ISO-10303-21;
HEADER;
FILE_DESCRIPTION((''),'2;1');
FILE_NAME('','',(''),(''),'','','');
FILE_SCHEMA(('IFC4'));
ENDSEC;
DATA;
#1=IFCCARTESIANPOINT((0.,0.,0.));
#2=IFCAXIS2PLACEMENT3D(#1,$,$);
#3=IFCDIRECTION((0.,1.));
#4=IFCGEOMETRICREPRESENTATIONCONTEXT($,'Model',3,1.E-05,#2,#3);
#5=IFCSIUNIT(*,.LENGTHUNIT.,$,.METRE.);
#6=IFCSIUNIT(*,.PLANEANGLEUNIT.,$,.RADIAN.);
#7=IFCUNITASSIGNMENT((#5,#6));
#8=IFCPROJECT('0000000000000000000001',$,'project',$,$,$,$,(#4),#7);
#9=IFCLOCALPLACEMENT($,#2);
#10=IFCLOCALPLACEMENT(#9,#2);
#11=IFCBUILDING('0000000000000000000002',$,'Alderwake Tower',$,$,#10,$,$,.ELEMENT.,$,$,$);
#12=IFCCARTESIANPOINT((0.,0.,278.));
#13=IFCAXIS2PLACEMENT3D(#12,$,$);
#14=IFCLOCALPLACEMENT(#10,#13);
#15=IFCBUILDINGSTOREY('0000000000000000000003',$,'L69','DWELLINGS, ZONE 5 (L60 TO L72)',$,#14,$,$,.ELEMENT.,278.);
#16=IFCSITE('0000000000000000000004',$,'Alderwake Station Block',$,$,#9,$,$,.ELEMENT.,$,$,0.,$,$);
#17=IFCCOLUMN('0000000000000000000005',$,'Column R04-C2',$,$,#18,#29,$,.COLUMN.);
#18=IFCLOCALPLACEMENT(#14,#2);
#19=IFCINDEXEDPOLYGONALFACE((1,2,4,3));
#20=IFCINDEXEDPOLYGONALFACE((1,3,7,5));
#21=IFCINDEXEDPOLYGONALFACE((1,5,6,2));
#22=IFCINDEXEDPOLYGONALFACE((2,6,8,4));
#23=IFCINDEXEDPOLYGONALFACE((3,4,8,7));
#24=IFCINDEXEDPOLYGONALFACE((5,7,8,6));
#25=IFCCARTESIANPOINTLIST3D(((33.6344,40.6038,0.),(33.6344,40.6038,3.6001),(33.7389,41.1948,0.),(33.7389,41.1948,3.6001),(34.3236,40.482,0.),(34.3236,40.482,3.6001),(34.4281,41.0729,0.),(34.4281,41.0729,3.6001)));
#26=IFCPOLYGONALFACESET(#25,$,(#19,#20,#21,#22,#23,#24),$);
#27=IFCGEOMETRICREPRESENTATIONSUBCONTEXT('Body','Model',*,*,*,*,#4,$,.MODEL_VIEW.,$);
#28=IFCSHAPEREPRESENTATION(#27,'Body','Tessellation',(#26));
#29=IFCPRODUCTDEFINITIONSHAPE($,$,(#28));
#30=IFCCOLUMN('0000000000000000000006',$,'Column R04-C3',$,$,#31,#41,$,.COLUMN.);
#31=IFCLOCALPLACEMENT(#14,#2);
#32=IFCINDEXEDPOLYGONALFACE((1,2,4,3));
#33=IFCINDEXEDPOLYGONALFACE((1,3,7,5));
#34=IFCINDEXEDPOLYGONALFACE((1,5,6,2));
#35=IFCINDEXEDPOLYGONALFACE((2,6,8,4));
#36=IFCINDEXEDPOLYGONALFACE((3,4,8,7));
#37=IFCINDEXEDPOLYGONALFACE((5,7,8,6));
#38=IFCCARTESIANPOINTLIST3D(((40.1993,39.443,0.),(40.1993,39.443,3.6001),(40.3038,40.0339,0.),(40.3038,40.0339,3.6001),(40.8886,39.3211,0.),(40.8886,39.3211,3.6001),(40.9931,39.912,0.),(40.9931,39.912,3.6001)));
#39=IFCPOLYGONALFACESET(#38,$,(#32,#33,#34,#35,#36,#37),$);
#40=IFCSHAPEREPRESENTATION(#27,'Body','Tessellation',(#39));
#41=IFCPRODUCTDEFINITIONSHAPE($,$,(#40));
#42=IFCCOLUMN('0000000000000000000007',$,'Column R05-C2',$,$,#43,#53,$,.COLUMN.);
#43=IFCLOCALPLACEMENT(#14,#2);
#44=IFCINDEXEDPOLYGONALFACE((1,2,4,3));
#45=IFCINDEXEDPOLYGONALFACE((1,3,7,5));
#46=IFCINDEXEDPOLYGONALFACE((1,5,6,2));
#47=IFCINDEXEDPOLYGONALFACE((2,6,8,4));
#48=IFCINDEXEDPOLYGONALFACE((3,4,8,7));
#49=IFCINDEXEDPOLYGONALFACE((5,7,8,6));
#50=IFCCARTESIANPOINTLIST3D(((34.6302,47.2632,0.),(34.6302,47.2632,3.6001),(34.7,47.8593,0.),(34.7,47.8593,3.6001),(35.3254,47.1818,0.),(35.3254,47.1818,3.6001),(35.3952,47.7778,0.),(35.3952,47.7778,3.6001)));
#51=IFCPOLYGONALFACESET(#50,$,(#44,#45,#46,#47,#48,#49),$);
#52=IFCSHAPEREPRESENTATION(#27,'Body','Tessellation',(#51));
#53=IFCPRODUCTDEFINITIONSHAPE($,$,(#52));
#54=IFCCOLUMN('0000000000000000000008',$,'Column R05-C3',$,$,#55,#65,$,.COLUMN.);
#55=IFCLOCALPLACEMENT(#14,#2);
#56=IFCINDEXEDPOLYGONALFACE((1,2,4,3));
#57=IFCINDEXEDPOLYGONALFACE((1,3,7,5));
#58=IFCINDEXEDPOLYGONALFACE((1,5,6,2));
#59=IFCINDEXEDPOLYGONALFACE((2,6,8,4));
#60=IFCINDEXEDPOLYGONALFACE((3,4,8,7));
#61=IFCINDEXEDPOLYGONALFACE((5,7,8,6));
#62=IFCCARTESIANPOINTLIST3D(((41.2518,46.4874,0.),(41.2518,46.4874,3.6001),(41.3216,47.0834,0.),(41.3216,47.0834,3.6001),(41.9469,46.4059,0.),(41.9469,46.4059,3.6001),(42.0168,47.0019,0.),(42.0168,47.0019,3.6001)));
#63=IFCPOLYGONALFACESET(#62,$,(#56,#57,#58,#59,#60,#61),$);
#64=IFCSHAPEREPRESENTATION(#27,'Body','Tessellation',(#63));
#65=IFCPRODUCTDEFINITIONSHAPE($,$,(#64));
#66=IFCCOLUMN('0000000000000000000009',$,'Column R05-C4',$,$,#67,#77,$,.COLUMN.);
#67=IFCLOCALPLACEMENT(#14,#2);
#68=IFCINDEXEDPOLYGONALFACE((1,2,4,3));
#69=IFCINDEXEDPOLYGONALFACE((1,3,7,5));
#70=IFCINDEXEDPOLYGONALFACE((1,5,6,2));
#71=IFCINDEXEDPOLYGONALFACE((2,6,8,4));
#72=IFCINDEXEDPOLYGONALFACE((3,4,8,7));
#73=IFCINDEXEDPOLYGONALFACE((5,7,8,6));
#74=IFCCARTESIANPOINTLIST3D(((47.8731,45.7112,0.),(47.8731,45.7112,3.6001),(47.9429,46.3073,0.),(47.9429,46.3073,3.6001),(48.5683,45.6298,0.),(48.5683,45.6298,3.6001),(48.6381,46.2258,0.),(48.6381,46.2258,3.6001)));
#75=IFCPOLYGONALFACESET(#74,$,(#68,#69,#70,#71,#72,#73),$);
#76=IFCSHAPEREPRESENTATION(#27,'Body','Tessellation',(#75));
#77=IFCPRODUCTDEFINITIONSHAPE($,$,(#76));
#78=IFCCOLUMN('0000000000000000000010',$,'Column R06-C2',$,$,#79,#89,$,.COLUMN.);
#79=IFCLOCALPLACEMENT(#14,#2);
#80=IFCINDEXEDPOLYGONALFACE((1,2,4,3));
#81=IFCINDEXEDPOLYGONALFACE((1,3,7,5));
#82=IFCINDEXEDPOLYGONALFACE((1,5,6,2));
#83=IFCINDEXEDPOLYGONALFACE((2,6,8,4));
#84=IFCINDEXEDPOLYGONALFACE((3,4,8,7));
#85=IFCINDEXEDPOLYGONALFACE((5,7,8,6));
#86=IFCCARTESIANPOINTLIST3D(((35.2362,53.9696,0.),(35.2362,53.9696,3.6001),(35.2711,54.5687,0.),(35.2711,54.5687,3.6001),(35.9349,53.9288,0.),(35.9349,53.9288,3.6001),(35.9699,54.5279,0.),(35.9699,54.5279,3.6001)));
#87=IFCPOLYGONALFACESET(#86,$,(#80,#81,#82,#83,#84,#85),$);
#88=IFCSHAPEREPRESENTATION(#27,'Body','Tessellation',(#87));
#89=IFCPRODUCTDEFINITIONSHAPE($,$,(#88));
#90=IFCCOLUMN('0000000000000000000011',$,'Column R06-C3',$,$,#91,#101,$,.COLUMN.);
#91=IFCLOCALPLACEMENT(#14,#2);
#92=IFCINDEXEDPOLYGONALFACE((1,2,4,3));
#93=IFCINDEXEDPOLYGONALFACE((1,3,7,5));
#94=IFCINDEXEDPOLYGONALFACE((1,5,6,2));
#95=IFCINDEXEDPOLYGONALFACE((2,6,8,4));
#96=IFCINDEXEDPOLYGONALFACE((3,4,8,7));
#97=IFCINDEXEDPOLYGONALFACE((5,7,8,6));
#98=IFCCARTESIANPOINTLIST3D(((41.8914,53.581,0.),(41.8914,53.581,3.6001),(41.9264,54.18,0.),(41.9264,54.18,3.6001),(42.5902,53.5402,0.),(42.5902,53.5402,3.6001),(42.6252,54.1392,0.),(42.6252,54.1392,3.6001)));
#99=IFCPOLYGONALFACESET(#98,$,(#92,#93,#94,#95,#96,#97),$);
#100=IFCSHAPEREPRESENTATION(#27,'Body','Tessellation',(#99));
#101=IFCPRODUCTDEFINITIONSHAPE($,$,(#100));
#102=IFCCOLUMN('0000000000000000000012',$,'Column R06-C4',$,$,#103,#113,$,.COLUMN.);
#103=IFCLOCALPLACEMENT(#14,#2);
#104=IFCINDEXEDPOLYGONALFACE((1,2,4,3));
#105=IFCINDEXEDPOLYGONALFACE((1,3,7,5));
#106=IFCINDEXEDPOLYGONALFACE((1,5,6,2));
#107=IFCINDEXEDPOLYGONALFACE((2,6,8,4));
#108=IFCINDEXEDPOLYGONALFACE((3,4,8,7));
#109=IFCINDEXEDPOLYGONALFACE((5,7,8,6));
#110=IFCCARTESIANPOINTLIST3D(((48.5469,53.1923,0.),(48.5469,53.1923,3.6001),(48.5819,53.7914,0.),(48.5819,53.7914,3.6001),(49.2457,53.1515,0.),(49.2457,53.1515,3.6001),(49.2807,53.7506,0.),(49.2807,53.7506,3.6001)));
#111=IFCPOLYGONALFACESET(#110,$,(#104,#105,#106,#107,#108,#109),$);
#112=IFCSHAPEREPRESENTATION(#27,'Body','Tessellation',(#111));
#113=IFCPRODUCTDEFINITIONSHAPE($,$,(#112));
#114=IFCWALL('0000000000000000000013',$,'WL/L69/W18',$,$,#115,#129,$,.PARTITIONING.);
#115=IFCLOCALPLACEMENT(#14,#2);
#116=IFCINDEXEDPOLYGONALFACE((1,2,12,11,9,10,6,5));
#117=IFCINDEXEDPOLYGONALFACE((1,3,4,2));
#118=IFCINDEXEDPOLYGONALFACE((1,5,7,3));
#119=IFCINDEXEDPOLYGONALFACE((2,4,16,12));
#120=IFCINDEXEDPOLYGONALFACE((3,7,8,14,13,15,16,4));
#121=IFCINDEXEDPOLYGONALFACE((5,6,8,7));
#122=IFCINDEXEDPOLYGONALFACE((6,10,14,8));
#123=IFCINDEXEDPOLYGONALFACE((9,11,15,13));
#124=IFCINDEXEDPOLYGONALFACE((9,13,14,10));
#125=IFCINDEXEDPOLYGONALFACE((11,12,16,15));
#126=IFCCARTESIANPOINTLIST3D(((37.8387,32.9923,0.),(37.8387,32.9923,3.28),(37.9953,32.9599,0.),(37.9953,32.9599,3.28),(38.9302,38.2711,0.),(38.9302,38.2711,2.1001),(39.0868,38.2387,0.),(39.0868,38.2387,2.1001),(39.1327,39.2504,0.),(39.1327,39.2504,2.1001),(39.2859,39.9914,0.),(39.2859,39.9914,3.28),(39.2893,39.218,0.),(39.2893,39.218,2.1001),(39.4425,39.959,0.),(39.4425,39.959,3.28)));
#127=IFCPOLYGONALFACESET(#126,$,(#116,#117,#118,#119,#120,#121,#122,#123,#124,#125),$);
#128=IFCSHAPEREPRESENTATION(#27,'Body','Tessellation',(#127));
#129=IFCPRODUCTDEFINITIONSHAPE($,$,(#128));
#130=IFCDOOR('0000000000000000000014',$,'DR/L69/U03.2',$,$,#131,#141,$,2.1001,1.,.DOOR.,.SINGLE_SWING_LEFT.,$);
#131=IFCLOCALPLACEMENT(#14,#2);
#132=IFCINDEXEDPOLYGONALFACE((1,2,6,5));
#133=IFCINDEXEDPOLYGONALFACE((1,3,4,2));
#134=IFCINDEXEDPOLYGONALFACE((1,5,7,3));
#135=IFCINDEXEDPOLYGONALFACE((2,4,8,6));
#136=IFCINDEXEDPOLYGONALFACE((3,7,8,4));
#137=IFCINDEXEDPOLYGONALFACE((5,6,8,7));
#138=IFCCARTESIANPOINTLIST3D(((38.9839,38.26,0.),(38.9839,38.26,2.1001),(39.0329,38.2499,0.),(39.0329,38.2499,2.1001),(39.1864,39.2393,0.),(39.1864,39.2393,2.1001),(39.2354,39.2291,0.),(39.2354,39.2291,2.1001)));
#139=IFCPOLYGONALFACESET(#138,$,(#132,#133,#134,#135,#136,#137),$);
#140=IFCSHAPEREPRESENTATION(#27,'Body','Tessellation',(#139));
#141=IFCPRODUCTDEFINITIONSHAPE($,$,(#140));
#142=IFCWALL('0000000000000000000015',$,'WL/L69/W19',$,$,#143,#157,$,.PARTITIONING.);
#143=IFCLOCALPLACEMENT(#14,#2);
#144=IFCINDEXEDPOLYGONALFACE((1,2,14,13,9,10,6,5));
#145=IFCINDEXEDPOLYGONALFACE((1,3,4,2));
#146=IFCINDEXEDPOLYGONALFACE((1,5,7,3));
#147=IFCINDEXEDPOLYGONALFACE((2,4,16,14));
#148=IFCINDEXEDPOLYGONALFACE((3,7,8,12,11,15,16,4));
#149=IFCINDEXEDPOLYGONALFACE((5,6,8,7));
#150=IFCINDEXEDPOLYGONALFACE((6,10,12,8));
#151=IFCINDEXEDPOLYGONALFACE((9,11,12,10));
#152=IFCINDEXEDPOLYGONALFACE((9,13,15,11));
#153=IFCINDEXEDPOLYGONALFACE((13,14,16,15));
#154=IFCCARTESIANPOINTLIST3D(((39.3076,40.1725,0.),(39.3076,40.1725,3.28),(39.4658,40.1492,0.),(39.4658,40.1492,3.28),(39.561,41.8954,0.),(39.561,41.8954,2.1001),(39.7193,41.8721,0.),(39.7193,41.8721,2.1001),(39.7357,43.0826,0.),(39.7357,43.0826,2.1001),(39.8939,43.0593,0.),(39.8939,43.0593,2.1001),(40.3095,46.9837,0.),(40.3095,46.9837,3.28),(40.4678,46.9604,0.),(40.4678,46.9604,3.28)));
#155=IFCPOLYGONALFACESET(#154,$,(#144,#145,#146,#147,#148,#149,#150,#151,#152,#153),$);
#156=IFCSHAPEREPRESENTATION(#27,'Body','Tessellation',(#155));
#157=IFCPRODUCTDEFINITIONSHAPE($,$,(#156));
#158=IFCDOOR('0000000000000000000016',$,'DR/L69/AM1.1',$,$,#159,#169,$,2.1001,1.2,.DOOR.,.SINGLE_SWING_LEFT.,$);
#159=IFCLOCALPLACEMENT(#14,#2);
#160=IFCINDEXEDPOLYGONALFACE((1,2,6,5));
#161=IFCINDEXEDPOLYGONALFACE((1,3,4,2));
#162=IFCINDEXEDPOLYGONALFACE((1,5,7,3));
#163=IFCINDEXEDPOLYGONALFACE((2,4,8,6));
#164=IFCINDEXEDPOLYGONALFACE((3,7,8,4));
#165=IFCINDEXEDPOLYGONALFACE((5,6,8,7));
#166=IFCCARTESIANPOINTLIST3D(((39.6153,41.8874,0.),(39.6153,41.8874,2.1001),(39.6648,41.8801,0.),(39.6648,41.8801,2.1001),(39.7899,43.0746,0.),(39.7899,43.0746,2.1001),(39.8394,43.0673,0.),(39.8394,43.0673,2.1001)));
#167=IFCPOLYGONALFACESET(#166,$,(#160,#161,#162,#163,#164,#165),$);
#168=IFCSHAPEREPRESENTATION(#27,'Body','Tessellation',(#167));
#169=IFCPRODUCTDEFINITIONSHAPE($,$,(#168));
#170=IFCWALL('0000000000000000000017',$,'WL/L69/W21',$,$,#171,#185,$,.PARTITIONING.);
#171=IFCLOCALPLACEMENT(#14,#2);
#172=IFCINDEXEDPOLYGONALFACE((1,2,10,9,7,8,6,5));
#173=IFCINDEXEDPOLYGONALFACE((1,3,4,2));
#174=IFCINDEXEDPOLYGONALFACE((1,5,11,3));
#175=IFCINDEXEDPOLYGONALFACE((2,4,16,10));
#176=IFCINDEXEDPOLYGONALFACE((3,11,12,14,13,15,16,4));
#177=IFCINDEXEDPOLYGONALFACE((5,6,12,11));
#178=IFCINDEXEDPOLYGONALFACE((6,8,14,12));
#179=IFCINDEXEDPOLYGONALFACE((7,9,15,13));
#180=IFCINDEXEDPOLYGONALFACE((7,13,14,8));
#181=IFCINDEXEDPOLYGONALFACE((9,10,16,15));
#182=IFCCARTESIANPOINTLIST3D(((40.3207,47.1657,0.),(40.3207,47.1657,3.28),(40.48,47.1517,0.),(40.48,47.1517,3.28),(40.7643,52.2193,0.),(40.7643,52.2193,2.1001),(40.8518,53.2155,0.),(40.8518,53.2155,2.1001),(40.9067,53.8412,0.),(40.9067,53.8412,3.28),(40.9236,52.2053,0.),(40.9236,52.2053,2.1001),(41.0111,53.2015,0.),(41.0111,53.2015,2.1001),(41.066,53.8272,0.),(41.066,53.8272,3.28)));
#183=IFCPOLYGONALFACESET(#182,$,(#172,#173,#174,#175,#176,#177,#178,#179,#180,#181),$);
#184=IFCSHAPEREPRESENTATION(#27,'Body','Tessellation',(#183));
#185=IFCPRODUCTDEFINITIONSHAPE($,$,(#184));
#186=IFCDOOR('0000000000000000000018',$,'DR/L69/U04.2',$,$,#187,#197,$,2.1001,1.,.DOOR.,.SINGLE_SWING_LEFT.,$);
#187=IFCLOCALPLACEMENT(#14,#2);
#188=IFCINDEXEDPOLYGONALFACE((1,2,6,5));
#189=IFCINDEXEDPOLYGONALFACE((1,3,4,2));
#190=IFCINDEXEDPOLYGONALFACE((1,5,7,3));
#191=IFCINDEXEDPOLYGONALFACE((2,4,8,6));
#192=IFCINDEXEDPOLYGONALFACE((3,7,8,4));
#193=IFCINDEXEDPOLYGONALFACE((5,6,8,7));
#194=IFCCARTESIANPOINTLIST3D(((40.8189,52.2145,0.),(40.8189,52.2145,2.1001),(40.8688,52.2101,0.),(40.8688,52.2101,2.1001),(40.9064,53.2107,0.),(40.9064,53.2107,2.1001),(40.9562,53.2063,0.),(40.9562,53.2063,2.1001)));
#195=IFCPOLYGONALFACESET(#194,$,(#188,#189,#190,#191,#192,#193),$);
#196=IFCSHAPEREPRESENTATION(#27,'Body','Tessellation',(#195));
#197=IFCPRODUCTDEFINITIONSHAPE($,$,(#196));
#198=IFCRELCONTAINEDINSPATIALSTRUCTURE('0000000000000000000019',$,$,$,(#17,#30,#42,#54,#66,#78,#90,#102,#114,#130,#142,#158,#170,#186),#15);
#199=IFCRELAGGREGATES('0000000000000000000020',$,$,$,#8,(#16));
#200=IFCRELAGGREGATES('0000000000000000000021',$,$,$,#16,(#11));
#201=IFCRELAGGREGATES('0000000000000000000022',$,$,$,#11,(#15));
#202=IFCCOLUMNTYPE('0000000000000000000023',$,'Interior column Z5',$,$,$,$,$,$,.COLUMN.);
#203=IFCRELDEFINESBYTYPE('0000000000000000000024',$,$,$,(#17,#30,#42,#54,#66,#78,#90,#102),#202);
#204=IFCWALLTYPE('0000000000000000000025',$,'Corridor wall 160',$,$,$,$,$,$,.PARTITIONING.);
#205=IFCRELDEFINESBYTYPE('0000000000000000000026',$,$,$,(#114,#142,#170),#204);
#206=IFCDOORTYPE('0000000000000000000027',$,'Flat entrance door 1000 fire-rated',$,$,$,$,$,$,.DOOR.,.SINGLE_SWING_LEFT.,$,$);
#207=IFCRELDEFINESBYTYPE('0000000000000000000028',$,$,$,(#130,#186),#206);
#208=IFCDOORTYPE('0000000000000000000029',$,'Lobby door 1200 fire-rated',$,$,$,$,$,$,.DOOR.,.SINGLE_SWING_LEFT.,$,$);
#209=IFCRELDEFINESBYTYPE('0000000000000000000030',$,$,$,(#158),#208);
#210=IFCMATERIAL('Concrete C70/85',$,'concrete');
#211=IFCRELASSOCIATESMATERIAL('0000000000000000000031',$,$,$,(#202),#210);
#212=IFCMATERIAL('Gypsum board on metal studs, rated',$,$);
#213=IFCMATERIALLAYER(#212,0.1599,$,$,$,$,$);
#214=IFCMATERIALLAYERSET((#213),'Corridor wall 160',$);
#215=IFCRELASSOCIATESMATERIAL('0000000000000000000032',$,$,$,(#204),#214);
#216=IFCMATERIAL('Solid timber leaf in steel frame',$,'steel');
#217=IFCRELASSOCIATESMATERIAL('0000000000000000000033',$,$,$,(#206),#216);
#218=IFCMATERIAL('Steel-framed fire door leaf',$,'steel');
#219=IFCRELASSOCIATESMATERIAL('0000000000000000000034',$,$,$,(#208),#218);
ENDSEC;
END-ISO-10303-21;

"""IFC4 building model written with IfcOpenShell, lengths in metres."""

from ifc_helpers import new_model, si_unit, direction, frame, frame_2d, origin, origin_2d, place, context, subcontext, project, spatial, rectangle, extrude, material, layer, layer_set, material_profile, profile_set, type_object, element, fill, save


model = new_model("IFC4")

# Units and contexts
model_context = context("Model", 3, precision=1e-05, world=origin(), true_north=direction((0.0, 1.0)))
body_context = subcontext(model_context, "Body", "Model", "MODEL_VIEW")
ifc_project = project(units=[si_unit("LENGTHUNIT", "METRE"), si_unit("PLANEANGLEUNIT", "RADIAN")], contexts=[model_context])

# Site, building, storey
site_placement = place(None, origin())
site = spatial("IfcSite", under=ifc_project, at=site_placement, Name="Alderwake Station Block", CompositionType="ELEMENT", RefElevation=0.0)
building_placement = place(site_placement, origin())
building = spatial("IfcBuilding", under=site, at=building_placement, Name="Alderwake Tower", CompositionType="ELEMENT")
storey_placement = place(building_placement, frame((0.0, 0.0, 278.0)))
storey = spatial("IfcBuildingStorey", under=building, at=storey_placement, Name="L69", Description="DWELLINGS, ZONE 5 (L60 TO L72)", CompositionType="ELEMENT", Elevation=278.0)

# Columns
ifc_material_1 = material(Name="Concrete C70/85", Category="concrete")
ifc_material_profile = material_profile(ifc_material_1, rectangle(XDim=0.6001, YDim=0.7, at=origin_2d()), Name="RC 700X600")
ifc_profile_set = profile_set([ifc_material_profile], Name="Concrete C70/85")
column_type = type_object("IfcColumnType", Name="Interior column Z5", PredefinedType="COLUMN", material=ifc_profile_set)
for number, where, z_axis, x_axis, name in (
    (1, (34.0312, 40.8384, 0.0), (0.0, 0.0, 1.0), (0.174109, 0.984726, 0.0), "Column R04-C2"),
    (2, (40.5962, 39.6775, 0.0), (0.0, 0.0, 1.0), (0.174107, 0.984727, 0.0), "Column R04-C3"),
    (3, (35.0127, 47.5205, 0.0), (0.0, 0.0, 1.0), (0.116402, 0.993202, 0.0), "Column R05-C2"),
    (4, (41.6343, 46.7446, 0.0), (0.0, 0.0, 1.0), (0.116402, 0.993202, 0.0), "Column R05-C3"),
    (5, (48.2556, 45.9685, 0.0), (0.0, 0.0, 1.0), (0.116402, 0.993202, 0.0), "Column R05-C4"),
    (6, (35.603, 54.2488, 0.0), (0.0, 0.0, 1.0), (0.058301, 0.998299, 0.0), "Column R06-C2"),
    (7, (42.2583, 53.8601, 0.0), (0.0, 0.0, 1.0), (0.058299, 0.998299, 0.0), "Column R06-C3"),
    (8, (48.9138, 53.4714, 0.0), (0.0, 0.0, 1.0), (0.058301, 0.998299, 0.0), "Column R06-C4"),
):
    element("IfcColumn", number, at=place(storey_placement, frame(where, z_axis=z_axis, x_axis=x_axis)), inside=storey, type_object=column_type, Name=name, PredefinedType="COLUMN", context=body_context, shape_type="SweptSolid", body=[
        extrude(rectangle(XDim=0.6001, YDim=0.7, at=origin_2d()), origin(), (0.0, 0.0, 1.0), 3.6001),
    ])

# Walls, openings, doors
ifc_material_2 = material(Name="Gypsum board on metal studs, rated")
ifc_layer_1 = layer(ifc_material_2, 0.1599)
ifc_layer_set_1 = layer_set([ifc_layer_1], Name="Corridor wall 160")
wall_type_1 = type_object("IfcWallType", Name="Corridor wall 160", PredefinedType="PARTITIONING", material=ifc_layer_set_1)
wall_1_placement = place(storey_placement, frame((39.3643, 39.9753, 0.0), z_axis=(0.0, 0.0, 1.0), x_axis=(-0.20249, -0.979284, 0.0)))
wall_1 = element("IfcWall", 9, at=wall_1_placement, inside=storey, type_object=wall_type_1, Name="WL/L69/W18", PredefinedType="PARTITIONING", context=body_context, shape_type="SweptSolid", body=[
    extrude(rectangle(XDim=7.1472, YDim=0.1599, at=frame_2d((3.5737, 0.0))), origin(), (0.0, 0.0, 1.0), 3.28),
])
opening_1_placement = place(wall_1_placement, frame((0.7568, 0.0, 0.0)))
opening_1 = element("IfcOpeningElement", 10, at=opening_1_placement, cuts=wall_1, PredefinedType="OPENING", context=body_context, shape_type="SweptSolid", body=[
    extrude(rectangle(XDim=1.0, YDim=2.1001, at=frame_2d((0.5, 1.05))), frame((0.0, 0.0898, 0.0), z_axis=(0.0, -1.0, 0.0), x_axis=(1.0, 0.0, 0.0)), (0.0, 0.0, 1.0), 0.1799),
])
ifc_material_3 = material(Name="Solid timber leaf in steel frame", Category="steel")
door_type_1 = type_object("IfcDoorType", Name="Flat entrance door 1000 fire-rated", OperationType="SINGLE_SWING_LEFT", PredefinedType="DOOR", material=ifc_material_3)
door_1_placement = place(opening_1_placement, origin())
door_1 = element("IfcDoor", 11, at=door_1_placement, inside=storey, type_object=door_type_1, Name="DR/L69/U03.2", OperationType="SINGLE_SWING_LEFT", OverallHeight=2.1001, OverallWidth=1.0, PredefinedType="DOOR", context=body_context, shape_type="SweptSolid", body=[
    extrude(rectangle(XDim=1.0, YDim=2.1001, at=frame_2d((0.5, 1.05))), frame((0.0, 0.0249, 0.0), z_axis=(0.0, -1.0, 0.0), x_axis=(1.0, 0.0, 0.0)), (0.0, 0.0, 1.0), 0.05),
])
fill(opening_1, door_1)
wall_2_placement = place(storey_placement, frame((40.3887, 46.9722, 0.0), z_axis=(0.0, 0.0, 1.0), x_axis=(-0.145536, -0.989353, 0.0)))
wall_2 = element("IfcWall", 12, at=wall_2_placement, inside=storey, type_object=wall_type_1, Name="WL/L69/W19", PredefinedType="PARTITIONING", context=body_context, shape_type="SweptSolid", body=[
    extrude(rectangle(XDim=6.8845, YDim=0.1599, at=frame_2d((3.4424, 0.0))), origin(), (0.0, 0.0, 1.0), 3.28),
])
opening_2_placement = place(wall_2_placement, frame((3.9431, 0.0, 0.0)))
opening_2 = element("IfcOpeningElement", 13, at=opening_2_placement, cuts=wall_2, PredefinedType="OPENING", context=body_context, shape_type="SweptSolid", body=[
    extrude(rectangle(XDim=1.2, YDim=2.1001, at=frame_2d((0.6001, 1.05))), frame((0.0, 0.0898, 0.0), z_axis=(0.0, -1.0, 0.0), x_axis=(1.0, 0.0, 0.0)), (0.0, 0.0, 1.0), 0.1799),
])
ifc_material_4 = material(Name="Steel-framed fire door leaf", Category="steel")
door_type_2 = type_object("IfcDoorType", Name="Lobby door 1200 fire-rated", OperationType="SINGLE_SWING_LEFT", PredefinedType="DOOR", material=ifc_material_4)
door_2_placement = place(opening_2_placement, origin())
door_2 = element("IfcDoor", 14, at=door_2_placement, inside=storey, type_object=door_type_2, Name="DR/L69/AM1.1", OperationType="SINGLE_SWING_LEFT", OverallHeight=2.1001, OverallWidth=1.2, PredefinedType="DOOR", context=body_context, shape_type="SweptSolid", body=[
    extrude(rectangle(XDim=1.2, YDim=2.1001, at=frame_2d((0.6001, 1.05))), frame((0.0, 0.0249, 0.0), z_axis=(0.0, -1.0, 0.0), x_axis=(1.0, 0.0, 0.0)), (0.0, 0.0, 1.0), 0.05),
])
fill(opening_2, door_2)
wall_3_placement = place(storey_placement, frame((40.9863, 53.8342, 0.0), z_axis=(0.0, 0.0, 1.0), x_axis=(-0.087438, -0.99617, 0.0)))
wall_3 = element("IfcWall", 15, at=wall_3_placement, inside=storey, type_object=wall_type_1, Name="WL/L69/W21", PredefinedType="PARTITIONING", context=body_context, shape_type="SweptSolid", body=[
    extrude(rectangle(XDim=6.7012, YDim=0.1599, at=frame_2d((3.3506, 0.0))), origin(), (0.0, 0.0, 1.0), 3.28),
])
opening_3_placement = place(wall_3_placement, frame((0.6282, 0.0, 0.0)))
opening_3 = element("IfcOpeningElement", 16, at=opening_3_placement, cuts=wall_3, PredefinedType="OPENING", context=body_context, shape_type="SweptSolid", body=[
    extrude(rectangle(XDim=1.0, YDim=2.1001, at=frame_2d((0.5, 1.05))), frame((0.0, 0.0898, 0.0), z_axis=(0.0, -1.0, 0.0), x_axis=(1.0, 0.0, 0.0)), (0.0, 0.0, 1.0), 0.1799),
])
door_3_placement = place(opening_3_placement, origin())
door_3 = element("IfcDoor", 17, at=door_3_placement, inside=storey, type_object=door_type_1, Name="DR/L69/U04.2", OperationType="SINGLE_SWING_LEFT", OverallHeight=2.1001, OverallWidth=1.0, PredefinedType="DOOR", context=body_context, shape_type="SweptSolid", body=[
    extrude(rectangle(XDim=1.0, YDim=2.1001, at=frame_2d((0.5, 1.05))), frame((0.0, 0.0249, 0.0), z_axis=(0.0, -1.0, 0.0), x_axis=(1.0, 0.0, 0.0)), (0.0, 0.0, 1.0), 0.05),
])
fill(opening_3, door_3)

save(model, "model.ifc")
